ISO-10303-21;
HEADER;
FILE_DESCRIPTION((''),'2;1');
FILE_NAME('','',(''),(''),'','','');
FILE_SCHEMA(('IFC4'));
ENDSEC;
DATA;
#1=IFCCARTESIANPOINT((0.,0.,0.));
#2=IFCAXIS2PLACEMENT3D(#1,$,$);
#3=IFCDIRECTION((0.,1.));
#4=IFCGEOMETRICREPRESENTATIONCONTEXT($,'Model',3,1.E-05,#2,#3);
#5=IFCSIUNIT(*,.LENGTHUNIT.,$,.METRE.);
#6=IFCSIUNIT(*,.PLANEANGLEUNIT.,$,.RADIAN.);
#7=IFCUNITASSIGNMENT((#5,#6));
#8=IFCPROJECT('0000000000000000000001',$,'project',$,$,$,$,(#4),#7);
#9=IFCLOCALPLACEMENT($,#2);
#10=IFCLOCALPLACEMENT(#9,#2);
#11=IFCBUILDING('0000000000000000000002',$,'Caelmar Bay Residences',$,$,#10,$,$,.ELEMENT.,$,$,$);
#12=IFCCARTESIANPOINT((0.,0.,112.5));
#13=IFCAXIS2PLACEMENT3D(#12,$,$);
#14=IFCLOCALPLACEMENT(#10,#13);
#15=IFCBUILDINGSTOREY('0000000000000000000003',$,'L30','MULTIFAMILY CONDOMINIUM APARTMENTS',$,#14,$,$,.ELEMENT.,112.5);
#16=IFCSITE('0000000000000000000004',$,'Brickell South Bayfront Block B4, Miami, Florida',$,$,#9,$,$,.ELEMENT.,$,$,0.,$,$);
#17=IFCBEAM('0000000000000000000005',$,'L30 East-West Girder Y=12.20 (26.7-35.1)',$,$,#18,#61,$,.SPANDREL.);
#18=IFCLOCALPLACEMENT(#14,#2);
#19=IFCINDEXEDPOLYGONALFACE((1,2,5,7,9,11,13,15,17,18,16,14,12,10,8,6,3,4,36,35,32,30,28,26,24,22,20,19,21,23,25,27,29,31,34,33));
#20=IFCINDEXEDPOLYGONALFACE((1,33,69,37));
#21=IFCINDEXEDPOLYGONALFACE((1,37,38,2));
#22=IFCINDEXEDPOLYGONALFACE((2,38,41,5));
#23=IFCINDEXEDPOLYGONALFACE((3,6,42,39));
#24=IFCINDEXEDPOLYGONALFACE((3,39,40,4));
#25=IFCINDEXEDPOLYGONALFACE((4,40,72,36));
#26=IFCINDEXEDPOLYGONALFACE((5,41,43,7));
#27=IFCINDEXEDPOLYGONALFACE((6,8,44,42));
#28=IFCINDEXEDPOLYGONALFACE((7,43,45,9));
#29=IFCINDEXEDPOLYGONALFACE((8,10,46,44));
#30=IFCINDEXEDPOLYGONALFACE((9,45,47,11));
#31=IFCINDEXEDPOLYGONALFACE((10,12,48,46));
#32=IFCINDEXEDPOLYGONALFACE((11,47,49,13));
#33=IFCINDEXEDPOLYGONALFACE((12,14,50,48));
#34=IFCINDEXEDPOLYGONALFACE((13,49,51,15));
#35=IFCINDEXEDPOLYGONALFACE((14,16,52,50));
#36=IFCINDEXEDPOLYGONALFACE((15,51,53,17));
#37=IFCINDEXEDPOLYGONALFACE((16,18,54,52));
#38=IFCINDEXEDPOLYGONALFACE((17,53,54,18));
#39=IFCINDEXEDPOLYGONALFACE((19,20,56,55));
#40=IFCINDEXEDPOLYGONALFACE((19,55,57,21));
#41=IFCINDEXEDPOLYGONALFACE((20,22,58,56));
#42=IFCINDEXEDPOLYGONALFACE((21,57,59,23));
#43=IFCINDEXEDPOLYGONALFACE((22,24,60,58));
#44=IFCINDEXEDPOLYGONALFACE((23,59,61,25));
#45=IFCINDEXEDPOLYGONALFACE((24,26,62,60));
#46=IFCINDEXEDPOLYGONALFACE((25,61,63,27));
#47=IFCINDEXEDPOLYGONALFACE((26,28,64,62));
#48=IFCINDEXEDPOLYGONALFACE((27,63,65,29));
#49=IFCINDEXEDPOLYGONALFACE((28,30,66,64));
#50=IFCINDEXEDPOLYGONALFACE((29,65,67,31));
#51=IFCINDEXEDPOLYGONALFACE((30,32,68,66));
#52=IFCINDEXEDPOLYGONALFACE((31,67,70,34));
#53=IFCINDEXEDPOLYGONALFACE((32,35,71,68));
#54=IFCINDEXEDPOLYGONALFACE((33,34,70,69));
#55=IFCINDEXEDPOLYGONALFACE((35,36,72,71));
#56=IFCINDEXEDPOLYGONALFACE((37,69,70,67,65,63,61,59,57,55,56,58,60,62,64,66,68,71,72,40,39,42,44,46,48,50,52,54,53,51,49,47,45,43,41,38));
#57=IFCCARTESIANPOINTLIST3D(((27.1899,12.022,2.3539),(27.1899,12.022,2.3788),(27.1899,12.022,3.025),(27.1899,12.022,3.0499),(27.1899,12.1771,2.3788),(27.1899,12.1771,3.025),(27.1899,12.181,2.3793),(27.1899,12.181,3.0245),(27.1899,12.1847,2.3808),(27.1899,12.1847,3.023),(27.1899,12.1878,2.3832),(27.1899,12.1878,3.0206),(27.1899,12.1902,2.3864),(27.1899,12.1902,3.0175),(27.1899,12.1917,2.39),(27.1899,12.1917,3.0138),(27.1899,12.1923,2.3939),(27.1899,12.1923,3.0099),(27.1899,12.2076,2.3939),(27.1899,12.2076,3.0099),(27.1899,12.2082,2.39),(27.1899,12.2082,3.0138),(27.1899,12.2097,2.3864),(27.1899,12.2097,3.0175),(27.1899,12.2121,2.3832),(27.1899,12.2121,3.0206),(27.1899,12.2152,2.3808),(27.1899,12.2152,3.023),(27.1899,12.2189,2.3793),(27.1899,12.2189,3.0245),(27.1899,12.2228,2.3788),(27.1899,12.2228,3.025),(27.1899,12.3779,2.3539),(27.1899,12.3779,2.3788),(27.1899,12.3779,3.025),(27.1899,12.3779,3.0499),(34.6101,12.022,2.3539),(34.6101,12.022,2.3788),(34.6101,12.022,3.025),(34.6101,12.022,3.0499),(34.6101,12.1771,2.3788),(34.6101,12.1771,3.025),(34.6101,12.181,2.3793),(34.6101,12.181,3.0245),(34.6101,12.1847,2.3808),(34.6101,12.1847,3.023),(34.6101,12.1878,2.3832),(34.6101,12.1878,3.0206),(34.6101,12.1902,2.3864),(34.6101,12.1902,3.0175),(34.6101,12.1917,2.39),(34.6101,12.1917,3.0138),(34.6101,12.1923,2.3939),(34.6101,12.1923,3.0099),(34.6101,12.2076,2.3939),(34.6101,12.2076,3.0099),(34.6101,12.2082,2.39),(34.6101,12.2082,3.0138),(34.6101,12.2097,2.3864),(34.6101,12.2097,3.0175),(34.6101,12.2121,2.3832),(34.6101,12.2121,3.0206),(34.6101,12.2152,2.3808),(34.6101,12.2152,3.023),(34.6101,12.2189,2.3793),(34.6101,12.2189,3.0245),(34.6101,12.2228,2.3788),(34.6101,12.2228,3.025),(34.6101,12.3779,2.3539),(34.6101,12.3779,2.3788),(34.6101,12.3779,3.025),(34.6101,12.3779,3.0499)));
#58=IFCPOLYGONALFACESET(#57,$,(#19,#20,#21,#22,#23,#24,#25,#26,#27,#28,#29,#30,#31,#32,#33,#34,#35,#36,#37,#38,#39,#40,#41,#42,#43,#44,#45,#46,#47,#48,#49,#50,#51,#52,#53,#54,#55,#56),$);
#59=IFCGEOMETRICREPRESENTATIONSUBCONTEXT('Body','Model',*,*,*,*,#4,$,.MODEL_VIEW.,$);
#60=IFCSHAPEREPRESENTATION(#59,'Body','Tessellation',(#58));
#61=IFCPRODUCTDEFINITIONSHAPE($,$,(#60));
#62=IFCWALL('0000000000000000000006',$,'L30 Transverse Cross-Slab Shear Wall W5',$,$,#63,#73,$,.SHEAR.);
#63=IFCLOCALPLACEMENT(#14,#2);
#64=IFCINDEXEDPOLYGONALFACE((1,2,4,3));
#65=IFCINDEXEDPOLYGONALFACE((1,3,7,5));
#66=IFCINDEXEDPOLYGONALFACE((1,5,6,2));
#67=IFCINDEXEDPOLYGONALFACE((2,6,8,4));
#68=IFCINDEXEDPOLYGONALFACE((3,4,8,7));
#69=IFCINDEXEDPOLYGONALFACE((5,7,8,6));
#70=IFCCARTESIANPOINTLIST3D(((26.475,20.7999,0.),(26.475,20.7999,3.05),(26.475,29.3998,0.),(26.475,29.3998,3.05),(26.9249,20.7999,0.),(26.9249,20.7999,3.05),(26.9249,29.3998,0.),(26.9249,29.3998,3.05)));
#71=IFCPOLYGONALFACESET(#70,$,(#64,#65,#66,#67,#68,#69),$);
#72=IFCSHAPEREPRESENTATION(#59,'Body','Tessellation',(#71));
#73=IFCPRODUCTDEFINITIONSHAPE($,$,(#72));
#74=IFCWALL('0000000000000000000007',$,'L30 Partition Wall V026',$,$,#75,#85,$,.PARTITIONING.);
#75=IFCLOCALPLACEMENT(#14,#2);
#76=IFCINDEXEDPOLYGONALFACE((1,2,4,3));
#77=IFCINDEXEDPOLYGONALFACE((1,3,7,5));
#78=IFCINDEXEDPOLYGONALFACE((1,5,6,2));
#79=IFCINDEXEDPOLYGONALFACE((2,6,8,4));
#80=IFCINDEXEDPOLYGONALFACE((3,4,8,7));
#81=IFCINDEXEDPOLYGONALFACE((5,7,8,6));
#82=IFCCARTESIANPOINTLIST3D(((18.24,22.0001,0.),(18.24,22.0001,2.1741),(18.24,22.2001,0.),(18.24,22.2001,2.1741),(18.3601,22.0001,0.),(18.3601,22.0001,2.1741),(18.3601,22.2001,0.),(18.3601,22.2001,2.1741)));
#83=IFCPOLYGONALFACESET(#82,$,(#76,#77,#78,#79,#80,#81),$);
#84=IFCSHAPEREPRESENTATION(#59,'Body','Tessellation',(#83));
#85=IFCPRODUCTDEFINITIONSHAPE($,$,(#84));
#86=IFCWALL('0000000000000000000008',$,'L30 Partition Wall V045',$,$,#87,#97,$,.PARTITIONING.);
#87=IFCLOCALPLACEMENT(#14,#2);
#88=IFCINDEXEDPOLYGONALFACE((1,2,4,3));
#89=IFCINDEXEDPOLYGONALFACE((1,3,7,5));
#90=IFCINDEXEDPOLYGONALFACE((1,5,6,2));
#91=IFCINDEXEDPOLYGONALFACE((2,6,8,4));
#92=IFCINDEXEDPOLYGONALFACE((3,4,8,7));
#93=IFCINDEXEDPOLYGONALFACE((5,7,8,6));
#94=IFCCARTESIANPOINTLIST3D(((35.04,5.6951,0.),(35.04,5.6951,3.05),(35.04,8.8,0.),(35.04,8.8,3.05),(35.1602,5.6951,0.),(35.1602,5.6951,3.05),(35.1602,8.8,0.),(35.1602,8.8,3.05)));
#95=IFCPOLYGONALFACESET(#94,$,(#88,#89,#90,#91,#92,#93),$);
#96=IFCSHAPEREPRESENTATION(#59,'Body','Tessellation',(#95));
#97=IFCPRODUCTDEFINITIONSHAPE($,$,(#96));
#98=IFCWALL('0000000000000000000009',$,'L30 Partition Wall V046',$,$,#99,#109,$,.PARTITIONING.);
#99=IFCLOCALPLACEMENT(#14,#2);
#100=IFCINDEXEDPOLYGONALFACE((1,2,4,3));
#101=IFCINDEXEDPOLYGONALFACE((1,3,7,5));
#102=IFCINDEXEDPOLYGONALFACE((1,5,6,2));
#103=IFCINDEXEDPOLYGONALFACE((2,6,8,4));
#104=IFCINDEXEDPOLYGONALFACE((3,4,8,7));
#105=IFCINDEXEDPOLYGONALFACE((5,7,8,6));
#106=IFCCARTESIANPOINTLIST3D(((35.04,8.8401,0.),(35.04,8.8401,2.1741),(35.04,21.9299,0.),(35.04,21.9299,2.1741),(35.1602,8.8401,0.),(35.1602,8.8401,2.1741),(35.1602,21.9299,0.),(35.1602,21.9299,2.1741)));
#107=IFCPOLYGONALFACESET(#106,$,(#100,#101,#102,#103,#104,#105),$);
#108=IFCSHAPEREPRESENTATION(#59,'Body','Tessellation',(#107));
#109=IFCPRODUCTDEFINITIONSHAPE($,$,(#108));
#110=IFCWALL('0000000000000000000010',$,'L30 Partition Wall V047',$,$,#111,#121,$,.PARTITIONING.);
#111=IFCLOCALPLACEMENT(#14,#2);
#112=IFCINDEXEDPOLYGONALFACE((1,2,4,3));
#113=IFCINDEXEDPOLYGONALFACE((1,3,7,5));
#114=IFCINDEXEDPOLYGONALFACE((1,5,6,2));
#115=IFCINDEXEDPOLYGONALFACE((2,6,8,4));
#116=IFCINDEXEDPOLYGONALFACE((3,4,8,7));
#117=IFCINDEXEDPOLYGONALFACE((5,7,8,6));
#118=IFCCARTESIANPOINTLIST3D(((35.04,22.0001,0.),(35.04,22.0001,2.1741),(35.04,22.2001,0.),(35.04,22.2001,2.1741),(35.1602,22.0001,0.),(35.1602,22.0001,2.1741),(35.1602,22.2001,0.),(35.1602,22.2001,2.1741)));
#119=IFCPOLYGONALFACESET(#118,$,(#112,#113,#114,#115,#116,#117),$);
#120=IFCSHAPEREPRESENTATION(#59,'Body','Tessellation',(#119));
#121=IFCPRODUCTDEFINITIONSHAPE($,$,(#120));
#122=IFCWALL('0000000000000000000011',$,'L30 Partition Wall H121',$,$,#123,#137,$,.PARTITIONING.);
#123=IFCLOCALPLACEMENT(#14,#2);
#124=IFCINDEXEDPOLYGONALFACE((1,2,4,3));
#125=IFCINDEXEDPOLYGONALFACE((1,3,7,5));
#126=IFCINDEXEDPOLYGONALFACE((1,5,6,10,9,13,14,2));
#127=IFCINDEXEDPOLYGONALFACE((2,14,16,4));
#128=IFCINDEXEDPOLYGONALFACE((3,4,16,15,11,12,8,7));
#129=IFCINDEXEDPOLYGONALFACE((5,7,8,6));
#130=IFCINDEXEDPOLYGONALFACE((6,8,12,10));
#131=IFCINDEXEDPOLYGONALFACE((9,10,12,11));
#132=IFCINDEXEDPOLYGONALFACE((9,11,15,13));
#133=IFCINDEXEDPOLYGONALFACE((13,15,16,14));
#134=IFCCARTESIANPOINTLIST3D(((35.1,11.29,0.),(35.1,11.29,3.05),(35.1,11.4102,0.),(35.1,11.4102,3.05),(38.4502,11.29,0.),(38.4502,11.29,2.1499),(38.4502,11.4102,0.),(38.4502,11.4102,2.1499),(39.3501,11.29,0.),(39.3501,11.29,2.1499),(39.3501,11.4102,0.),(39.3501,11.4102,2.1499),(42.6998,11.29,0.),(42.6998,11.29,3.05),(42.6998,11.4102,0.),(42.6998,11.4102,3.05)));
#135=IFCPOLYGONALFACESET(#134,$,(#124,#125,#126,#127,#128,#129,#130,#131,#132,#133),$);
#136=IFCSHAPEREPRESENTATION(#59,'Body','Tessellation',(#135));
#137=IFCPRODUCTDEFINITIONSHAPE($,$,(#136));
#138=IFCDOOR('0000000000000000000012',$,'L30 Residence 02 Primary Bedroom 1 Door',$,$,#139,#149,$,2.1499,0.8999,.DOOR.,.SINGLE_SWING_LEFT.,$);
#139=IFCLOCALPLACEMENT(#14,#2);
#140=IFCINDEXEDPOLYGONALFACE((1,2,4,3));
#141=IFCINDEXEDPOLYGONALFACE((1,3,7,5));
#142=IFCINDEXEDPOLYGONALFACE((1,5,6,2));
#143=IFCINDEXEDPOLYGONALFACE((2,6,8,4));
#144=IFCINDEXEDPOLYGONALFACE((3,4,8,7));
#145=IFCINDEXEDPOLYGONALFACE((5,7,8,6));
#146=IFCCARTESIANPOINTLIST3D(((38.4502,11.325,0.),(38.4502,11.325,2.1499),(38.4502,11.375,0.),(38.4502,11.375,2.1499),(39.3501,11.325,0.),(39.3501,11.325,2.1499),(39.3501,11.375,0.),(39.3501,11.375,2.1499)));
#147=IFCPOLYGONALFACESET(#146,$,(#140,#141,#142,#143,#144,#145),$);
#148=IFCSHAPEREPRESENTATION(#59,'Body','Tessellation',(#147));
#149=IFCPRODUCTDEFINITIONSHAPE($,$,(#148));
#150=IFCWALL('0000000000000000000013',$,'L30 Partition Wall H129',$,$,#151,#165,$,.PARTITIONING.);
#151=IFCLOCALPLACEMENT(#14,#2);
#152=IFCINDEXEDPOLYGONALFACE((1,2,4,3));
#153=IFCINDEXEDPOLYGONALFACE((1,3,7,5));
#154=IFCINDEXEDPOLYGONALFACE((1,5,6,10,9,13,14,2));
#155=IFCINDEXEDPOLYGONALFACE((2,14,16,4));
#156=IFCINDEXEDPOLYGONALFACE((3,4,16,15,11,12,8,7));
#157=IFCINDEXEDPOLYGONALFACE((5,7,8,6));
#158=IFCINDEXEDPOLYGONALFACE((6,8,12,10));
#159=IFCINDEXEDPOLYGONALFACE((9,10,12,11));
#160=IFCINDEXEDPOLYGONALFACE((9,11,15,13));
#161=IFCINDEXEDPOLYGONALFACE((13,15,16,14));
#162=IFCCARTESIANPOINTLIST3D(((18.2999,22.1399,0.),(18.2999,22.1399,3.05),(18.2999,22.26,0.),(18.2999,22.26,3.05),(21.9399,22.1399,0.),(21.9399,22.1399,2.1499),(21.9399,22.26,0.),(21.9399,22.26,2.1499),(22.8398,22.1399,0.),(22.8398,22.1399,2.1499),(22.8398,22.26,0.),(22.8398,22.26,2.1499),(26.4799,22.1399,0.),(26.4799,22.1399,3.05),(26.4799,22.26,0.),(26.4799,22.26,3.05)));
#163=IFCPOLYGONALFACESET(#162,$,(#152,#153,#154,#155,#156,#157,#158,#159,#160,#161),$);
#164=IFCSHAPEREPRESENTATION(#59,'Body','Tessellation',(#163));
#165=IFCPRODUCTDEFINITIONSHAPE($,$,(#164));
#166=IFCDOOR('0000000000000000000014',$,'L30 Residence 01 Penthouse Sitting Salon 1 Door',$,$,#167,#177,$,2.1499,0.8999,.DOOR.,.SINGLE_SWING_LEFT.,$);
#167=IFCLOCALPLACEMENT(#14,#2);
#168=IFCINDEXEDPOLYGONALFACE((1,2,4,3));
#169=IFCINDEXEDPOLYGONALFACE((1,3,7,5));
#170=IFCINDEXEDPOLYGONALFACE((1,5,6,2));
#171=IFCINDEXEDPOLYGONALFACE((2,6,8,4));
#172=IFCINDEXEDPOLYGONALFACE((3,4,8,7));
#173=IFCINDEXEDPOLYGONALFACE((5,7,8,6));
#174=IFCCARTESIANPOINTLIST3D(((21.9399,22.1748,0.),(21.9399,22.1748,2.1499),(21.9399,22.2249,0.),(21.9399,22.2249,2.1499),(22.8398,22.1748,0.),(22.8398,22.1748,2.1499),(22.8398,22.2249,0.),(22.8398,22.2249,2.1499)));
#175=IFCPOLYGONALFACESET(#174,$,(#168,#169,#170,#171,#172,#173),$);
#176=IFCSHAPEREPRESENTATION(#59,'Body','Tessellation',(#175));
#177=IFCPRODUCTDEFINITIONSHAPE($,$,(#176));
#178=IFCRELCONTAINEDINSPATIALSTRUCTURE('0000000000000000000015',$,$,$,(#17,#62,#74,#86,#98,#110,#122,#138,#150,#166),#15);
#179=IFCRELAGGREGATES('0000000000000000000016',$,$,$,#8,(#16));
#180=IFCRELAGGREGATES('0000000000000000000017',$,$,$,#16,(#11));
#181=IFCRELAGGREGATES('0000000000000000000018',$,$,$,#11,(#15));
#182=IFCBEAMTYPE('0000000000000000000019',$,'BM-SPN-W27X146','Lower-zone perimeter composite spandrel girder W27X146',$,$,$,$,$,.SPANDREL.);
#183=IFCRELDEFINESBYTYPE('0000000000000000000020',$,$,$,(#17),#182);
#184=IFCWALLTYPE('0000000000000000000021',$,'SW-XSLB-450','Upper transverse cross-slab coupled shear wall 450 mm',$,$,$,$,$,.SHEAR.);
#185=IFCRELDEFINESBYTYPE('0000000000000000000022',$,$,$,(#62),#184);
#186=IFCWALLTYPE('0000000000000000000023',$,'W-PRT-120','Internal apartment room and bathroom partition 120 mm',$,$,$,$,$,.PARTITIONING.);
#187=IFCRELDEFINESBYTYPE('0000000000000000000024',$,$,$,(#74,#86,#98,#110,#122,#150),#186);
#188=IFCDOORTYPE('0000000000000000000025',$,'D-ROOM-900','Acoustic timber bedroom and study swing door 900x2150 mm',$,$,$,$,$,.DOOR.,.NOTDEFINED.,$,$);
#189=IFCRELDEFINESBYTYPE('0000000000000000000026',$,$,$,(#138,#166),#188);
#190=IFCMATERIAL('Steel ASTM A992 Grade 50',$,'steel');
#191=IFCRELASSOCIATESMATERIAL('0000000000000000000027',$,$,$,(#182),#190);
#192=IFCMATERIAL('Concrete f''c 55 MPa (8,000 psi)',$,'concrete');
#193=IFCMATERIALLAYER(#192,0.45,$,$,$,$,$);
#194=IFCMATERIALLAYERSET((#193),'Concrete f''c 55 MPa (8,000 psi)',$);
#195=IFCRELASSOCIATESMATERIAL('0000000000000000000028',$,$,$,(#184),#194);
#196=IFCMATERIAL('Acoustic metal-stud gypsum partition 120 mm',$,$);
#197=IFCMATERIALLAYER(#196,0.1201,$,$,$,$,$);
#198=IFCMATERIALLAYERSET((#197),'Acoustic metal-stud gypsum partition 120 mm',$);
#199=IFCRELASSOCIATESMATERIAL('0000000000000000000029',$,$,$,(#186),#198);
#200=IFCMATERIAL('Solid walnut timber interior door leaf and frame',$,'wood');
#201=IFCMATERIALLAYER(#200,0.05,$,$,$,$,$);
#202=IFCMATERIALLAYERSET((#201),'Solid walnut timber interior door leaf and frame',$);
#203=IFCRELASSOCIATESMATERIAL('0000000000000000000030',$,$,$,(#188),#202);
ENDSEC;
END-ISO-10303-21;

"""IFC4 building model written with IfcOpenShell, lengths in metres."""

from ifc_helpers import new_model, si_unit, direction, frame, frame_2d, origin, origin_2d, place, context, subcontext, project, spatial, rectangle, i_section, extrude, material, layer, layer_set, material_profile, profile_set, type_object, element, fill, save


model = new_model("IFC4")

# Units and contexts
model_context = context("Model", 3, precision=1e-05, world=origin(), true_north=direction((0.0, 1.0)))
body_context = subcontext(model_context, "Body", "Model", "MODEL_VIEW")
ifc_project = project(units=[si_unit("LENGTHUNIT", "METRE"), si_unit("PLANEANGLEUNIT", "RADIAN")], contexts=[model_context])

# Site, building, storey
site_placement = place(None, origin())
site = spatial("IfcSite", under=ifc_project, at=site_placement, Name="Brickell South Bayfront Block B4, Miami, Florida", CompositionType="ELEMENT", RefElevation=0.0)
building_placement = place(site_placement, origin())
building = spatial("IfcBuilding", under=site, at=building_placement, Name="Caelmar Bay Residences", CompositionType="ELEMENT")
storey_placement = place(building_placement, frame((0.0, 0.0, 112.5)))
storey = spatial("IfcBuildingStorey", under=building, at=storey_placement, Name="L30", Description="MULTIFAMILY CONDOMINIUM APARTMENTS", CompositionType="ELEMENT", Elevation=112.5)

# Beam
ifc_material_1 = material(Name="Steel ASTM A992 Grade 50", Category="steel")
ifc_material_profile_1 = material_profile(ifc_material_1, i_section(OverallWidth=0.356, OverallDepth=0.696, WebThickness=0.0154, FlangeThickness=0.0249, FilletRadius=0.0151, at=origin_2d()), Name="W27X146")
ifc_profile_set_1 = profile_set([ifc_material_profile_1], Name="Steel ASTM A992 Grade 50")
beam_type_1 = type_object("IfcBeamType", Name="BM-SPN-W27X146", Description="Lower-zone perimeter composite spandrel girder W27X146", PredefinedType="SPANDREL", material=ifc_profile_set_1)
beam_1_placement = place(storey_placement, frame((27.1899, 12.2, 2.7019), z_axis=(1.0, 0.0, 0.0), x_axis=(0.0, 1.0, 0.0)))
element("IfcBeam", 1, at=beam_1_placement, inside=storey, type_object=beam_type_1, Name="L30 East-West Girder Y=12.20 (26.7-35.1)", PredefinedType="SPANDREL", context=body_context, shape_type="SweptSolid", body=[
    extrude(i_section(OverallWidth=0.356, OverallDepth=0.696, WebThickness=0.0154, FlangeThickness=0.0249, FilletRadius=0.0151, at=origin_2d()), origin(), (0.0, 0.0, 1.0), 7.4202),
])

# Walls
ifc_material_2 = material(Name="Concrete f'c 55 MPa (8,000 psi)", Category="concrete")
ifc_layer_1 = layer(ifc_material_2, 0.45)
ifc_layer_set_1 = layer_set([ifc_layer_1], Name="Concrete f'c 55 MPa (8,000 psi)")
wall_type_1 = type_object("IfcWallType", Name="SW-XSLB-450", Description="Upper transverse cross-slab coupled shear wall 450 mm", PredefinedType="SHEAR", material=ifc_layer_set_1)
wall_1_placement = place(storey_placement, frame((26.7, 20.8, 0.0), z_axis=(0.0, 0.0, 1.0), x_axis=(0.0, 1.0, 0.0)))
element("IfcWall", 2, at=wall_1_placement, inside=storey, type_object=wall_type_1, Name="L30 Transverse Cross-Slab Shear Wall W5", PredefinedType="SHEAR", context=body_context, shape_type="SweptSolid", body=[
    extrude(rectangle(XDim=8.5999, YDim=0.45, at=frame_2d((4.2998, 0.0))), origin(), (0.0, 0.0, 1.0), 3.05),
])
ifc_material_3 = material(Name="Acoustic metal-stud gypsum partition 120 mm")
ifc_layer_2 = layer(ifc_material_3, 0.1201)
ifc_layer_set_2 = layer_set([ifc_layer_2], Name="Acoustic metal-stud gypsum partition 120 mm")
wall_type_2 = type_object("IfcWallType", Name="W-PRT-120", Description="Internal apartment room and bathroom partition 120 mm", PredefinedType="PARTITIONING", material=ifc_layer_set_2)
wall_2_placement = place(storey_placement, frame((18.3, 22.0, 0.0), z_axis=(0.0, 0.0, 1.0), x_axis=(0.0, 1.0, 0.0)))
element("IfcWall", 3, at=wall_2_placement, inside=storey, type_object=wall_type_2, Name="L30 Partition Wall V026", PredefinedType="PARTITIONING", context=body_context, shape_type="SweptSolid", body=[
    extrude(rectangle(XDim=0.2, YDim=0.1201, at=frame_2d((0.1001, 0.0))), origin(), (0.0, 0.0, 1.0), 2.1741),
])
wall_3_placement = place(storey_placement, frame((35.1001, 5.6951, 0.0), z_axis=(0.0, 0.0, 1.0), x_axis=(0.0, 1.0, 0.0)))
element("IfcWall", 4, at=wall_3_placement, inside=storey, type_object=wall_type_2, Name="L30 Partition Wall V045", PredefinedType="PARTITIONING", context=body_context, shape_type="SweptSolid", body=[
    extrude(rectangle(XDim=3.105, YDim=0.1201, at=frame_2d((1.5525, 0.0))), origin(), (0.0, 0.0, 1.0), 3.05),
])
wall_4_placement = place(storey_placement, frame((35.1001, 8.8401, 0.0), z_axis=(0.0, 0.0, 1.0), x_axis=(0.0, 1.0, 0.0)))
element("IfcWall", 5, at=wall_4_placement, inside=storey, type_object=wall_type_2, Name="L30 Partition Wall V046", PredefinedType="PARTITIONING", context=body_context, shape_type="SweptSolid", body=[
    extrude(rectangle(XDim=13.0898, YDim=0.1201, at=frame_2d((6.5449, 0.0))), origin(), (0.0, 0.0, 1.0), 2.1741),
])
wall_5_placement = place(storey_placement, frame((35.1001, 22.0, 0.0), z_axis=(0.0, 0.0, 1.0), x_axis=(0.0, 1.0, 0.0)))
element("IfcWall", 6, at=wall_5_placement, inside=storey, type_object=wall_type_2, Name="L30 Partition Wall V047", PredefinedType="PARTITIONING", context=body_context, shape_type="SweptSolid", body=[
    extrude(rectangle(XDim=0.2, YDim=0.1201, at=frame_2d((0.1001, 0.0))), origin(), (0.0, 0.0, 1.0), 2.1741),
])

# Walls, openings, doors
wall_6_placement = place(storey_placement, frame((35.1001, 11.3501, 0.0), z_axis=(0.0, 0.0, 1.0), x_axis=(1.0, 0.0, 0.0)))
wall_6 = element("IfcWall", 7, at=wall_6_placement, inside=storey, type_object=wall_type_2, Name="L30 Partition Wall H121", PredefinedType="PARTITIONING", context=body_context, shape_type="SweptSolid", body=[
    extrude(rectangle(XDim=7.5999, YDim=0.1201, at=frame_2d((3.7998, 0.0))), origin(), (0.0, 0.0, 1.0), 3.05),
])
opening_1_placement = place(wall_6_placement, frame((3.3501, 0.0, 0.0)))
opening_1 = element("IfcOpeningElement", 8, at=opening_1_placement, cuts=wall_6, PredefinedType="OPENING", context=body_context, shape_type="SweptSolid", body=[
    extrude(rectangle(XDim=0.8999, YDim=2.1499, at=frame_2d((0.45, 1.075))), frame((0.0, 0.0701, 0.0), z_axis=(0.0, -1.0, 0.0), x_axis=(1.0, 0.0, 0.0)), (0.0, 0.0, 1.0), 0.1401),
])
ifc_material_4 = material(Name="Solid walnut timber interior door leaf and frame", Category="wood")
ifc_layer_3 = layer(ifc_material_4, 0.05)
ifc_layer_set_3 = layer_set([ifc_layer_3], Name="Solid walnut timber interior door leaf and frame")
door_type = type_object("IfcDoorType", Name="D-ROOM-900", Description="Acoustic timber bedroom and study swing door 900x2150 mm", OperationType="NOTDEFINED", PredefinedType="DOOR", material=ifc_layer_set_3)
door_1_placement = place(opening_1_placement, origin())
door_1 = element("IfcDoor", 9, at=door_1_placement, inside=storey, type_object=door_type, Name="L30 Residence 02 Primary Bedroom 1 Door", OperationType="SINGLE_SWING_LEFT", OverallHeight=2.1499, OverallWidth=0.8999, PredefinedType="DOOR", context=body_context, shape_type="SweptSolid", body=[
    extrude(rectangle(XDim=0.8999, YDim=2.1499, at=frame_2d((0.45, 1.075))), frame((0.0, 0.0249, 0.0), z_axis=(0.0, -1.0, 0.0), x_axis=(1.0, 0.0, 0.0)), (0.0, 0.0, 1.0), 0.05),
])
fill(opening_1, door_1)
wall_7_placement = place(storey_placement, frame((18.3, 22.2, 0.0), z_axis=(0.0, 0.0, 1.0), x_axis=(1.0, 0.0, 0.0)))
wall_7 = element("IfcWall", 10, at=wall_7_placement, inside=storey, type_object=wall_type_2, Name="L30 Partition Wall H129", PredefinedType="PARTITIONING", context=body_context, shape_type="SweptSolid", body=[
    extrude(rectangle(XDim=8.1799, YDim=0.1201, at=frame_2d((4.0898, 0.0))), origin(), (0.0, 0.0, 1.0), 3.05),
])
opening_2_placement = place(wall_7_placement, frame((3.6399, 0.0, 0.0)))
opening_2 = element("IfcOpeningElement", 11, at=opening_2_placement, cuts=wall_7, PredefinedType="OPENING", context=body_context, shape_type="SweptSolid", body=[
    extrude(rectangle(XDim=0.8999, YDim=2.1499, at=frame_2d((0.45, 1.075))), frame((0.0, 0.0701, 0.0), z_axis=(0.0, -1.0, 0.0), x_axis=(1.0, 0.0, 0.0)), (0.0, 0.0, 1.0), 0.1401),
])
door_2_placement = place(opening_2_placement, origin())
door_2 = element("IfcDoor", 12, at=door_2_placement, inside=storey, type_object=door_type, Name="L30 Residence 01 Penthouse Sitting Salon 1 Door", OperationType="SINGLE_SWING_LEFT", OverallHeight=2.1499, OverallWidth=0.8999, PredefinedType="DOOR", context=body_context, shape_type="SweptSolid", body=[
    extrude(rectangle(XDim=0.8999, YDim=2.1499, at=frame_2d((0.45, 1.075))), frame((0.0, 0.0249, 0.0), z_axis=(0.0, -1.0, 0.0), x_axis=(1.0, 0.0, 0.0)), (0.0, 0.0, 1.0), 0.05),
])
fill(opening_2, door_2)

save(model, "model.ifc")
